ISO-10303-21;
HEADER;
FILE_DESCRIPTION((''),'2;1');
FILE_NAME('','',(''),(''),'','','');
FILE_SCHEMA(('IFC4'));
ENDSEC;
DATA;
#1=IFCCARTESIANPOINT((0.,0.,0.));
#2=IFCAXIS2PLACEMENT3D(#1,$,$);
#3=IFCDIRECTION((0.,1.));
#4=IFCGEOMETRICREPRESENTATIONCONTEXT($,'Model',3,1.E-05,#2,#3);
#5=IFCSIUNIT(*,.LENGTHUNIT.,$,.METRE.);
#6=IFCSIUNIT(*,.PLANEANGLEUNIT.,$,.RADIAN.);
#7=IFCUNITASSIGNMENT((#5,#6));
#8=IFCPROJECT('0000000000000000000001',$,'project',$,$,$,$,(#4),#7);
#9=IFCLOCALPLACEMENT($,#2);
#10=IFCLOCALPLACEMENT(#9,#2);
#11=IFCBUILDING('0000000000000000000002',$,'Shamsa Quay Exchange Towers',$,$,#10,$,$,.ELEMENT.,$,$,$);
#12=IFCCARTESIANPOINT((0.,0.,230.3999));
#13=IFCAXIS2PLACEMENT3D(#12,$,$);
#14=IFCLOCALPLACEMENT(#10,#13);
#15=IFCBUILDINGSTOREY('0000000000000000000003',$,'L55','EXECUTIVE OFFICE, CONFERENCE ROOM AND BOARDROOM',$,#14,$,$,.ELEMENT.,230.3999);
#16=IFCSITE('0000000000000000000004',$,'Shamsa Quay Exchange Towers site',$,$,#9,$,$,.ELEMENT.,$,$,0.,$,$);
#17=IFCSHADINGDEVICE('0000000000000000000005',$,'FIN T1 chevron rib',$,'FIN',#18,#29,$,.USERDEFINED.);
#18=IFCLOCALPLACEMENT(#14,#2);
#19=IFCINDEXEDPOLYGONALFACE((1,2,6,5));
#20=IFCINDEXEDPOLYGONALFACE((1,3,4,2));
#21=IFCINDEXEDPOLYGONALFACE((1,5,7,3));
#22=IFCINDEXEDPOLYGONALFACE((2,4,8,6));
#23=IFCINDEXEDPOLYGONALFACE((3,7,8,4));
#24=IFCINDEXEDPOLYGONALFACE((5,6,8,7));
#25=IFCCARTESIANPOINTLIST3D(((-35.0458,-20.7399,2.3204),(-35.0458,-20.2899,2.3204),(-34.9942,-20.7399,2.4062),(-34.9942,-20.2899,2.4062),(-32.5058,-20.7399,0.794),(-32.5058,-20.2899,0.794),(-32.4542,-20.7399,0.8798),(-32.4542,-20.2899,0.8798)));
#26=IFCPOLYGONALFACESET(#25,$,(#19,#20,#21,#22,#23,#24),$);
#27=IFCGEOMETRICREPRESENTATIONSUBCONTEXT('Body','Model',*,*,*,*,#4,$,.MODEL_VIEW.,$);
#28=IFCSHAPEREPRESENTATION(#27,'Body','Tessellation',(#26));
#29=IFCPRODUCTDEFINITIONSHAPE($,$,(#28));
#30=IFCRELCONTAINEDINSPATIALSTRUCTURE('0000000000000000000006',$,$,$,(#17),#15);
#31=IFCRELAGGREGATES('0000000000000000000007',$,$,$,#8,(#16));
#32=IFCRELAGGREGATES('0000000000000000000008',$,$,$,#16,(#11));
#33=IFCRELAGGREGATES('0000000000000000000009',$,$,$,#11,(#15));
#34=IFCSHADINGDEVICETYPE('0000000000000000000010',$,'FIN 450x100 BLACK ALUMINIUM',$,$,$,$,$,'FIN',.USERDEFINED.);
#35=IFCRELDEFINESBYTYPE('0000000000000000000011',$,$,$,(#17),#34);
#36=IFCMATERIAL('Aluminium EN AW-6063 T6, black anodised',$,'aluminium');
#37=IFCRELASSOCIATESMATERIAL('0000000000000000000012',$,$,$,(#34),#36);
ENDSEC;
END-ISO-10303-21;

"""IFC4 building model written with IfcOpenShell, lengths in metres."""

from ifc_helpers import new_model, si_unit, direction, frame, origin, origin_2d, place, context, subcontext, project, spatial, rectangle, extrude, material, material_profile, profile_set, type_object, element, save


model = new_model("IFC4")

# Units and contexts
model_context = context("Model", 3, precision=1e-05, world=origin(), true_north=direction((0.0, 1.0)))
body_context = subcontext(model_context, "Body", "Model", "MODEL_VIEW")
ifc_project = project(units=[si_unit("LENGTHUNIT", "METRE"), si_unit("PLANEANGLEUNIT", "RADIAN")], contexts=[model_context])

# Site, building, storey
site_placement = place(None, origin())
site = spatial("IfcSite", under=ifc_project, at=site_placement, Name="Shamsa Quay Exchange Towers site", CompositionType="ELEMENT", RefElevation=0.0)
building_placement = place(site_placement, origin())
building = spatial("IfcBuilding", under=site, at=building_placement, Name="Shamsa Quay Exchange Towers", CompositionType="ELEMENT")
storey_placement = place(building_placement, frame((0.0, 0.0, 230.3999)))
storey = spatial("IfcBuildingStorey", under=building, at=storey_placement, Name="L55", Description="EXECUTIVE OFFICE, CONFERENCE ROOM AND BOARDROOM", CompositionType="ELEMENT", Elevation=230.3999)

# Shared definitions
ifc_material_1 = material(Name="Aluminium EN AW-6063 T6, black anodised", Category="aluminium")

# Shading device
ifc_material_profile_1 = material_profile(ifc_material_1, rectangle(XDim=0.45, YDim=0.1001, at=origin_2d()), Name="FIN450x100")
ifc_profile_set_1 = profile_set([ifc_material_profile_1], Name="Aluminium EN AW-6063 T6, black anodised")
shading_device_type = type_object("IfcShadingDeviceType", Name="FIN 450x100 BLACK ALUMINIUM", ElementType="FIN", PredefinedType="USERDEFINED", material=ifc_profile_set_1)
shading_device_1_placement = place(storey_placement, frame((-35.02, -20.5149, 2.3633), z_axis=(0.857144, 0.0, -0.515077), x_axis=(0.0, 1.0, 0.0)))
element("IfcShadingDevice", 1, at=shading_device_1_placement, inside=storey, type_object=shading_device_type, Name="FIN T1 chevron rib", ObjectType="FIN", PredefinedType="USERDEFINED", context=body_context, shape_type="SweptSolid", body=[
    extrude(rectangle(XDim=0.45, YDim=0.1001, at=origin_2d()), origin(), (0.0, 0.0, 1.0), 2.9634),
])

save(model, "model.ifc")
